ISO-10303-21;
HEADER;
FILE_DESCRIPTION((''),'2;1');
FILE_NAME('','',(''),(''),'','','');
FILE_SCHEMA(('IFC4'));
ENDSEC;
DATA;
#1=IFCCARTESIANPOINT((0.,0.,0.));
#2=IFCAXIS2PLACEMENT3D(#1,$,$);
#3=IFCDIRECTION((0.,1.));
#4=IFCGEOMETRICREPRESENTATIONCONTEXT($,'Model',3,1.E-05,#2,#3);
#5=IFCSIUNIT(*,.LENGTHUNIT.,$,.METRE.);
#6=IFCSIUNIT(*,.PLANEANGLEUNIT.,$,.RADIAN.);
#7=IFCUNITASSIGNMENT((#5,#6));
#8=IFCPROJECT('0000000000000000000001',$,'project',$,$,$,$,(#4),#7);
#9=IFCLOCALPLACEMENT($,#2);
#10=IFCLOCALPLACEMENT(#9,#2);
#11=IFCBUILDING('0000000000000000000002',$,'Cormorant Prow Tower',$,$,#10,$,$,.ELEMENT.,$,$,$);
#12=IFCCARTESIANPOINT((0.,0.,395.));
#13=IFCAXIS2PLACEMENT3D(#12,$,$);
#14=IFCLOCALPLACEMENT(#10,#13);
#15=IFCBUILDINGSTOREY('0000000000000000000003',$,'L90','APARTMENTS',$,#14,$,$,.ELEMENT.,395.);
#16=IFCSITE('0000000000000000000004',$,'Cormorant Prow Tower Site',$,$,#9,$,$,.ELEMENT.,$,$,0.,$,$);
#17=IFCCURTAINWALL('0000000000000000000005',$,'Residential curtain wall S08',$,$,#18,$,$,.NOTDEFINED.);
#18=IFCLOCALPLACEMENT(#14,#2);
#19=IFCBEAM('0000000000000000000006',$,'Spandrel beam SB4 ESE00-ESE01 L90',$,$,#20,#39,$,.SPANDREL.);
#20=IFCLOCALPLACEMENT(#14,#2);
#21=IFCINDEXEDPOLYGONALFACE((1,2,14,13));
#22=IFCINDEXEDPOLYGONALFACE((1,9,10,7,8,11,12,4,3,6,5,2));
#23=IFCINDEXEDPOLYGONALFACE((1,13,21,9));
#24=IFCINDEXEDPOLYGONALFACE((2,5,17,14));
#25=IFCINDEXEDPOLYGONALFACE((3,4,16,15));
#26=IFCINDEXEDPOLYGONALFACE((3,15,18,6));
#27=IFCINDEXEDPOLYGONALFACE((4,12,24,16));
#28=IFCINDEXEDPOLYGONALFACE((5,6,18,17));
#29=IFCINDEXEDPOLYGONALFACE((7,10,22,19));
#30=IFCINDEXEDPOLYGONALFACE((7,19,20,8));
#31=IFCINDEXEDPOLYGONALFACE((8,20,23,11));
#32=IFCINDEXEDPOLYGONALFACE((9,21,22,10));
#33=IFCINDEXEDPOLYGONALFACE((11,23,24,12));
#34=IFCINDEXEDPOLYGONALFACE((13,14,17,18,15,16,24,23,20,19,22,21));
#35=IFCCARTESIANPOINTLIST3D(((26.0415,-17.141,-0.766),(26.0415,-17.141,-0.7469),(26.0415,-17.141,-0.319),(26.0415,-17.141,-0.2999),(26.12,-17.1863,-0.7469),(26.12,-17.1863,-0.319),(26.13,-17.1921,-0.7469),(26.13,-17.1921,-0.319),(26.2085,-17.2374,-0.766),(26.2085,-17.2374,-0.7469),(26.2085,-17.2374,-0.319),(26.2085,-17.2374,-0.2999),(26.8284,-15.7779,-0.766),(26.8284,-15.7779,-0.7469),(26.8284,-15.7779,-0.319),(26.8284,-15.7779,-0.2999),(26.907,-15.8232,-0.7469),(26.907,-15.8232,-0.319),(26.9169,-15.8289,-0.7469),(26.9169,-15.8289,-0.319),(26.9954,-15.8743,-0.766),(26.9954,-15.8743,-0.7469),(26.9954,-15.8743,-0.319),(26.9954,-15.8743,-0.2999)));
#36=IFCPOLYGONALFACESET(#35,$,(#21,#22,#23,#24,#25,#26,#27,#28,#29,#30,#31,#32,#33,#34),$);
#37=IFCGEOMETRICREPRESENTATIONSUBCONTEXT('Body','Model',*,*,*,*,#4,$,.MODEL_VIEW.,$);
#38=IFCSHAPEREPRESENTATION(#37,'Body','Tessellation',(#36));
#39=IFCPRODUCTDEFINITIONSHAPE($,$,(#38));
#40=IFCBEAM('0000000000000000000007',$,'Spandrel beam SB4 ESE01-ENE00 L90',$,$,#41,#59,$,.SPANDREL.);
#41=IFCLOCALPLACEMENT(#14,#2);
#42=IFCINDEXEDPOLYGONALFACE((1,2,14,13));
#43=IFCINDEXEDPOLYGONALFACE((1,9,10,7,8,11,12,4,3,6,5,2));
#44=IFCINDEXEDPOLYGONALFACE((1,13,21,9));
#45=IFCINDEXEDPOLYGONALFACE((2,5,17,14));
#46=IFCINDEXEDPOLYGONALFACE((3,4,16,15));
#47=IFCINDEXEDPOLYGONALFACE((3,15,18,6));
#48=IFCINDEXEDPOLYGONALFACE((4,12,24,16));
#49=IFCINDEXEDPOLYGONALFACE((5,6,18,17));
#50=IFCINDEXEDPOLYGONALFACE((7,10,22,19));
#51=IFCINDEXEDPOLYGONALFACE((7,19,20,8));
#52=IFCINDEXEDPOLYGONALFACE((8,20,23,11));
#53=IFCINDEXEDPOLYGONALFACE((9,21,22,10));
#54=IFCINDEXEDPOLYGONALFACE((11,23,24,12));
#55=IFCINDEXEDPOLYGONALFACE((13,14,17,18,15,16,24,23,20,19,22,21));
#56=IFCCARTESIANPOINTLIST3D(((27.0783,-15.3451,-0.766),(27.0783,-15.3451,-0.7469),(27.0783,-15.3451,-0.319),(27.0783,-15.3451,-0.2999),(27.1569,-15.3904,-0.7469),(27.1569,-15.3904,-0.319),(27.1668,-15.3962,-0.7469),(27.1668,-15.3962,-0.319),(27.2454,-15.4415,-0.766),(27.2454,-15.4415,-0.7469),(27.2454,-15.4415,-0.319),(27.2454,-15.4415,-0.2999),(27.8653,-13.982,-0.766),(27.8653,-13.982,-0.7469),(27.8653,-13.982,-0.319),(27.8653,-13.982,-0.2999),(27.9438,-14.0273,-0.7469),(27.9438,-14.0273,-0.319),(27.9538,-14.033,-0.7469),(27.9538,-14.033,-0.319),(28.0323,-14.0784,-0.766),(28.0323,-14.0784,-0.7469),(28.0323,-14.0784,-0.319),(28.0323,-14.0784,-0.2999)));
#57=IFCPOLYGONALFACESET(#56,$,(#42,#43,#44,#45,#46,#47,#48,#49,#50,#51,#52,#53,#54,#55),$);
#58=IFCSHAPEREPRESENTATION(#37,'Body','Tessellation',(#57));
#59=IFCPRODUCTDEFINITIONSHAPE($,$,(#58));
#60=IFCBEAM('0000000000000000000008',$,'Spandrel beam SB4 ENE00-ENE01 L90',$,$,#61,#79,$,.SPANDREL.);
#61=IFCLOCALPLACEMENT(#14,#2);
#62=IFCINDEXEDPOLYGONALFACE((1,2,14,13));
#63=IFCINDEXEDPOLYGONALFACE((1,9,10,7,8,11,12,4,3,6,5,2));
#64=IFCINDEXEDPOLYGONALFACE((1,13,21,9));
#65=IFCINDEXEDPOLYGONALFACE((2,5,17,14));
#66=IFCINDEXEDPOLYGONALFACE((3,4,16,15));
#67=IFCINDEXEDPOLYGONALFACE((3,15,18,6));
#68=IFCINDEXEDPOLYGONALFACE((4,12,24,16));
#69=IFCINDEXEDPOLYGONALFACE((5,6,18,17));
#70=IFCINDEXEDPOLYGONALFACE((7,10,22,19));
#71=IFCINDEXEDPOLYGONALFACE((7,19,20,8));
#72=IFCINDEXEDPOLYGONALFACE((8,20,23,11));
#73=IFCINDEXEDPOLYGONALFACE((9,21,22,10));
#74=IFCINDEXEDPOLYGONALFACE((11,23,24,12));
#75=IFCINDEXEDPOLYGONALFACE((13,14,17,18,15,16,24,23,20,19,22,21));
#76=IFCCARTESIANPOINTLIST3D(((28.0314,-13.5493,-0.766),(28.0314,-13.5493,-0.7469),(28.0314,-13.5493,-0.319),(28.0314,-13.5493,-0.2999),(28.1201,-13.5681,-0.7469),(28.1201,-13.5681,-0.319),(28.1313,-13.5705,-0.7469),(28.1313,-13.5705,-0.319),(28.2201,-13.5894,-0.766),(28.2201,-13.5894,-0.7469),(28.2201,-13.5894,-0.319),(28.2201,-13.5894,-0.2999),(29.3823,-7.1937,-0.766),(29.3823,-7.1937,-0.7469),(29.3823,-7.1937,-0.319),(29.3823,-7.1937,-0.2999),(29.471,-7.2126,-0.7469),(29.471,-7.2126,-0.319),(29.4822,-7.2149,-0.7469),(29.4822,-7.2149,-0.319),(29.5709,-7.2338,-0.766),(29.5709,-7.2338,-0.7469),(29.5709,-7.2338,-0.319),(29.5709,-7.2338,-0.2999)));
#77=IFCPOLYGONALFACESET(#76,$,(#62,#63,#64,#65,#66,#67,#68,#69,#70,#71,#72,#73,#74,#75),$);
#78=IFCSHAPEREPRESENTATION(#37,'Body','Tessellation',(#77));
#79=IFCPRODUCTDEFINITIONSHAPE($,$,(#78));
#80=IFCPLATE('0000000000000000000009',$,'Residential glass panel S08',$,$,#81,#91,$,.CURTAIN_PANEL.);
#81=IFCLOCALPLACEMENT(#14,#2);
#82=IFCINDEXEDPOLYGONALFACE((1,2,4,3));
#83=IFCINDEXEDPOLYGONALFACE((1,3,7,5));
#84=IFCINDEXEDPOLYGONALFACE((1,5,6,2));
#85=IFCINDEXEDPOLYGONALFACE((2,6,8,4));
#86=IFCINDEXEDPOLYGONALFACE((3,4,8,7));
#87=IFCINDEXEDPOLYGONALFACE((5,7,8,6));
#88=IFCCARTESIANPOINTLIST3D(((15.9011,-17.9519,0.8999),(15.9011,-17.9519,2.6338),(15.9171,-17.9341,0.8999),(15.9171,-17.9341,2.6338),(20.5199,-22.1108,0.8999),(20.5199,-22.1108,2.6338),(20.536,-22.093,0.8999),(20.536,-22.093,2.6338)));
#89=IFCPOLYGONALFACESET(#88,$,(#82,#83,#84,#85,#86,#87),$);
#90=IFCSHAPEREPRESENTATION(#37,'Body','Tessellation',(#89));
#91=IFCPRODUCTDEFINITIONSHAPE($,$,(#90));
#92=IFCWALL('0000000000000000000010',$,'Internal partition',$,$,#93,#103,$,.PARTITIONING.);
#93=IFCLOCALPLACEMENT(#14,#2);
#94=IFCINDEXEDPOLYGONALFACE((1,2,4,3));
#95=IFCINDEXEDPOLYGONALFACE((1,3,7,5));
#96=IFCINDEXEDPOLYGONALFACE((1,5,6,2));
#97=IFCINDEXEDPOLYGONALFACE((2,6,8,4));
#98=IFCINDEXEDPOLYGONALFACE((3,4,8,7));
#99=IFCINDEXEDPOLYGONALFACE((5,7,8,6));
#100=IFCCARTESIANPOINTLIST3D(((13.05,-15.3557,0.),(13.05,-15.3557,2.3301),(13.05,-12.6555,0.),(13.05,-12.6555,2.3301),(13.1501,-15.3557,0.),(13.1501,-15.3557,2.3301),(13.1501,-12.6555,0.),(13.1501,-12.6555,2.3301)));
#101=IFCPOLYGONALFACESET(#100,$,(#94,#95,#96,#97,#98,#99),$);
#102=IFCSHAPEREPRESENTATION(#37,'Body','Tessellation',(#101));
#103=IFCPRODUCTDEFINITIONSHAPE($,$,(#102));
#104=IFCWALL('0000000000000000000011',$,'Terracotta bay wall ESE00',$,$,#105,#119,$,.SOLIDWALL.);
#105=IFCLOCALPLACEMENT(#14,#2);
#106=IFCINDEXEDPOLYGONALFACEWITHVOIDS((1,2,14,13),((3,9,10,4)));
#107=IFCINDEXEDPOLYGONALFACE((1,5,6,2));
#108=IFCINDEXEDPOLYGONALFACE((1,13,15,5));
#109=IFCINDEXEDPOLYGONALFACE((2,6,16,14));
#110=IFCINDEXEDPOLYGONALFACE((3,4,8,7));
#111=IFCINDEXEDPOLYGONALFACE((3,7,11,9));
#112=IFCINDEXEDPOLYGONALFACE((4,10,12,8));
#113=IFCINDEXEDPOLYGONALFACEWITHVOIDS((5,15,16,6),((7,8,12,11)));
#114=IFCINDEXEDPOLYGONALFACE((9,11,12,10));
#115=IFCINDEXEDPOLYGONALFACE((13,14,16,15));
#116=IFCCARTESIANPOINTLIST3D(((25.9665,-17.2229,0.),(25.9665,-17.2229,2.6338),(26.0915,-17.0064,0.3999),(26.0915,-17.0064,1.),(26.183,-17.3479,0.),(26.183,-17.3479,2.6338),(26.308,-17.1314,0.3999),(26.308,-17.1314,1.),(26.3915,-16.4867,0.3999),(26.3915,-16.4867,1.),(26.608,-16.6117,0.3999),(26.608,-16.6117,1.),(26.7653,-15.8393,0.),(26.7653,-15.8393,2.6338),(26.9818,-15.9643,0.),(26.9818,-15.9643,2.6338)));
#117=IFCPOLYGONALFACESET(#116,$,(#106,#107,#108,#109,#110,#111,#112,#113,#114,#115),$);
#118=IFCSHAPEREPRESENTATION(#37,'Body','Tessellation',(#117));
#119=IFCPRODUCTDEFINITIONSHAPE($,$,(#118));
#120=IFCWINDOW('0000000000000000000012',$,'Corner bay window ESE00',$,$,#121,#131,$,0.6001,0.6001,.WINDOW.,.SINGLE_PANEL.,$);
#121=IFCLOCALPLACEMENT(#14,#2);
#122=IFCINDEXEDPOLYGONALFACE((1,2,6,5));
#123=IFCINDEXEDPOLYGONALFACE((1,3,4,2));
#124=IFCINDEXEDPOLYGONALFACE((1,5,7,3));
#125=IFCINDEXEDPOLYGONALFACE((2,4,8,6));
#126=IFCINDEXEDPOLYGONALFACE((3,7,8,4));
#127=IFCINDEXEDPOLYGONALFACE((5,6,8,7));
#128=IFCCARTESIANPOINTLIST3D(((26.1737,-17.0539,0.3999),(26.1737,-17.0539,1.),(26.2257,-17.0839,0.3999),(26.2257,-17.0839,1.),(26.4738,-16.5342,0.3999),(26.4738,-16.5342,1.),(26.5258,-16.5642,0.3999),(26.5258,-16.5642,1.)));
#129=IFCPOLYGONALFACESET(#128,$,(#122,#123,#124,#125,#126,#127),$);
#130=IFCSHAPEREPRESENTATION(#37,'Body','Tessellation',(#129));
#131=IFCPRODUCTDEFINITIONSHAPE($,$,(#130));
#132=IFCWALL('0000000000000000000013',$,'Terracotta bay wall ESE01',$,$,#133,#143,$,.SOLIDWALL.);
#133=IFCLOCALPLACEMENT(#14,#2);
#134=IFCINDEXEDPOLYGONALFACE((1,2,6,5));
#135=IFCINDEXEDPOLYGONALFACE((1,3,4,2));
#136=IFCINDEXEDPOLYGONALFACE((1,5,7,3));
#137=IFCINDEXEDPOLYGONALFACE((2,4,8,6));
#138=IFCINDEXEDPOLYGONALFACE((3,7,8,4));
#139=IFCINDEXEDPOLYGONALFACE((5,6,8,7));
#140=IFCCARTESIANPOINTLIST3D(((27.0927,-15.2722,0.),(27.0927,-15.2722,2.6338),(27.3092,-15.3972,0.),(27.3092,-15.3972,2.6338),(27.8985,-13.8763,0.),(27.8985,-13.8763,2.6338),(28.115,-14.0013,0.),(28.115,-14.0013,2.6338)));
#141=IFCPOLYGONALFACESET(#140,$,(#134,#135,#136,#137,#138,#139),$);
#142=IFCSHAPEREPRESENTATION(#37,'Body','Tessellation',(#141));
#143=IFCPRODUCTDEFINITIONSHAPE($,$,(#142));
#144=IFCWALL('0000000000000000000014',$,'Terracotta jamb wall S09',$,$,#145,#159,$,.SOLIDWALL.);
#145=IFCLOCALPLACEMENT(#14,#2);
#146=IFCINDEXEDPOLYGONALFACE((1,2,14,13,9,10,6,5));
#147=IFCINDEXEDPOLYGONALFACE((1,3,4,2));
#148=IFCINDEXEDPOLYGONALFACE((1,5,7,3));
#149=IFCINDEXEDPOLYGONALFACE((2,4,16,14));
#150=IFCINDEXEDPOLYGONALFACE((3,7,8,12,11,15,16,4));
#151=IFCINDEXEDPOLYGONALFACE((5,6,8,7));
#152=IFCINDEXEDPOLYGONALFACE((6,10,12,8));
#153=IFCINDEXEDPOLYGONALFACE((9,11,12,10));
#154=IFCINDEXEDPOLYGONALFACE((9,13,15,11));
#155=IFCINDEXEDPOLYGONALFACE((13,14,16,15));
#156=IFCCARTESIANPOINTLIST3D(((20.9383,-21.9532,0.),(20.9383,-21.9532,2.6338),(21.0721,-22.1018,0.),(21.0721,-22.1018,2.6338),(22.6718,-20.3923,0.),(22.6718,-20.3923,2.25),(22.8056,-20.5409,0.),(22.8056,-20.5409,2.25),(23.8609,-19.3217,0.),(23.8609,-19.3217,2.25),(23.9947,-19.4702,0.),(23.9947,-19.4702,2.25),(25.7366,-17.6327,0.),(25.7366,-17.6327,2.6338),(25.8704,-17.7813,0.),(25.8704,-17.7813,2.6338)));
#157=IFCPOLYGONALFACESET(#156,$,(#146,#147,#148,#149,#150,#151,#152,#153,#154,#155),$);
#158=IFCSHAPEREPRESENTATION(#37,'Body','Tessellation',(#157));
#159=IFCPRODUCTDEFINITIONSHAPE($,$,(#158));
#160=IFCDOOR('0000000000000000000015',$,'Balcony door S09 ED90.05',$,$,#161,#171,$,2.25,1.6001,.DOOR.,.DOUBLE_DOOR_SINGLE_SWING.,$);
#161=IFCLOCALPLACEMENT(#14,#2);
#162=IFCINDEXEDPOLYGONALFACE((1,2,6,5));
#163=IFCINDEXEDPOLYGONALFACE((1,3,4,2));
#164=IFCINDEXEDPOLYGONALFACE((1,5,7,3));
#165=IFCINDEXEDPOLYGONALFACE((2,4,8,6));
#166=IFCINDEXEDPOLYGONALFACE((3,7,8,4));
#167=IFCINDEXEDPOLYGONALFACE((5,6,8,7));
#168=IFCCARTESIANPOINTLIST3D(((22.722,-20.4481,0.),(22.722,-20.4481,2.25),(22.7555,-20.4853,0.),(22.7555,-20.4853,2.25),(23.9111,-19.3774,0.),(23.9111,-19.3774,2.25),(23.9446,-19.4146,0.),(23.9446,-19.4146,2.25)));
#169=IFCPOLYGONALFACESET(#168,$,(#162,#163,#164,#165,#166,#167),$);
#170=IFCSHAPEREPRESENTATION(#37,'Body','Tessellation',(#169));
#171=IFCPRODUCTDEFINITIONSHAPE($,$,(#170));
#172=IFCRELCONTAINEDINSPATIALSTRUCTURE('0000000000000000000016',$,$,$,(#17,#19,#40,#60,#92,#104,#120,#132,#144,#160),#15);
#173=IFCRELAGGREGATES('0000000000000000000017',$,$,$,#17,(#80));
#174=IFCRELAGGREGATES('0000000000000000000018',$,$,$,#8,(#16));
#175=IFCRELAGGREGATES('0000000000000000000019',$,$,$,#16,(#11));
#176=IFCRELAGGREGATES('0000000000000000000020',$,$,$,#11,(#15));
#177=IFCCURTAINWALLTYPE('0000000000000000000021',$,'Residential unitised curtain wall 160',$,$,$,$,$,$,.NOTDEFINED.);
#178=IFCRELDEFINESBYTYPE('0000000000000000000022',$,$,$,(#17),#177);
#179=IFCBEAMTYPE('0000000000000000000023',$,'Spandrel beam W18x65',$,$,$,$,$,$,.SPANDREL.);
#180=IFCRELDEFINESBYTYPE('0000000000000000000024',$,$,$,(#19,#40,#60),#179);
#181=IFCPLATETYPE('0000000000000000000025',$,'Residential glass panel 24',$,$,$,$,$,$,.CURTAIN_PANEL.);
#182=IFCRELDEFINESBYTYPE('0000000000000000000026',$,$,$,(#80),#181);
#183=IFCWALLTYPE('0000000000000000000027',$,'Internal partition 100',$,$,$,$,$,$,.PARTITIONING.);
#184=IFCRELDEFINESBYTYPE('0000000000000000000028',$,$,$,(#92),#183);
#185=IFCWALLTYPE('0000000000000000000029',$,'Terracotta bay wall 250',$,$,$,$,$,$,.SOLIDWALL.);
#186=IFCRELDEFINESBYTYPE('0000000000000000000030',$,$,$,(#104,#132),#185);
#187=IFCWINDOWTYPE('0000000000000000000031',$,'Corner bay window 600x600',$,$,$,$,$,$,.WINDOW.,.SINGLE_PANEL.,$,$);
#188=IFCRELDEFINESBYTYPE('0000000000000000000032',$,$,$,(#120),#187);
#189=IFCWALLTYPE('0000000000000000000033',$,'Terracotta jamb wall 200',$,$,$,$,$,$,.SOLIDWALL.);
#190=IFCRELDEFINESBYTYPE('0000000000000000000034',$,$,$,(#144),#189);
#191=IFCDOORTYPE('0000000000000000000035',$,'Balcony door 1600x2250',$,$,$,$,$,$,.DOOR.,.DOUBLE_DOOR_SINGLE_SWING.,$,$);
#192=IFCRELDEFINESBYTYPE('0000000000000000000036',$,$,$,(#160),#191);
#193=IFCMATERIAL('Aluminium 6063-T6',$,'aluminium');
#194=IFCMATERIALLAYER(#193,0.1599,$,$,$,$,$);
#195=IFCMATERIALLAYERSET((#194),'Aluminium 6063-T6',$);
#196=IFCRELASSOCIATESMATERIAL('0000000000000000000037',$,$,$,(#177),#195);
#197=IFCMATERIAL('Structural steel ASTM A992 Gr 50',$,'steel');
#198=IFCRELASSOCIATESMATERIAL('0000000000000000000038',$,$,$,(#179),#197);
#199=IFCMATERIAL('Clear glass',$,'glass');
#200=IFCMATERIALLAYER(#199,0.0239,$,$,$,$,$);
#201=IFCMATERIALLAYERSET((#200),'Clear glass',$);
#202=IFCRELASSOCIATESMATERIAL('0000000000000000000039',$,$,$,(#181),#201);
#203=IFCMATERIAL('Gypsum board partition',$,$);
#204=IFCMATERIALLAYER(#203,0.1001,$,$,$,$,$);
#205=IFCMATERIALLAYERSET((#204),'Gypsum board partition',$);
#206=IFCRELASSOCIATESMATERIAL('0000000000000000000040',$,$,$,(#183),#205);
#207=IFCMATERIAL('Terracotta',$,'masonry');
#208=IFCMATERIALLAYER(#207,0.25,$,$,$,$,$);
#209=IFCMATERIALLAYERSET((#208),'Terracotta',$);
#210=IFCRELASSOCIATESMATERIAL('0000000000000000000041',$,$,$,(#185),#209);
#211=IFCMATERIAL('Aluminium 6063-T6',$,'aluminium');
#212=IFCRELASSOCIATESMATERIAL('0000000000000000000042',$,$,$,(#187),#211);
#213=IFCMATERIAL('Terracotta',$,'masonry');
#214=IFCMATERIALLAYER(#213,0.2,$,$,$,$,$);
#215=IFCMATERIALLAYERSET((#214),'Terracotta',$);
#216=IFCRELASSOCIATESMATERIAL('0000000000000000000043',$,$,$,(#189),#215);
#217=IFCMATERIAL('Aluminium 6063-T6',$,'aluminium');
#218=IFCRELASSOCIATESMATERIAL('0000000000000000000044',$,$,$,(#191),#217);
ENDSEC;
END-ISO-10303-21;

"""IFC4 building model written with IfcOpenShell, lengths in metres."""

from ifc_helpers import new_model, si_unit, direction, frame, frame_2d, origin, origin_2d, place, context, subcontext, project, spatial, rectangle, i_section, extrude, material, layer, layer_set, material_profile, profile_set, type_object, element, fill, aggregate, save


model = new_model("IFC4")

# Units and contexts
model_context = context("Model", 3, precision=1e-05, world=origin(), true_north=direction((0.0, 1.0)))
body_context = subcontext(model_context, "Body", "Model", "MODEL_VIEW")
ifc_project = project(units=[si_unit("LENGTHUNIT", "METRE"), si_unit("PLANEANGLEUNIT", "RADIAN")], contexts=[model_context])

# Site, building, storey
site_placement = place(None, origin())
site = spatial("IfcSite", under=ifc_project, at=site_placement, Name="Cormorant Prow Tower Site", CompositionType="ELEMENT", RefElevation=0.0)
building_placement = place(site_placement, origin())
building = spatial("IfcBuilding", under=site, at=building_placement, Name="Cormorant Prow Tower", CompositionType="ELEMENT")
storey_placement = place(building_placement, frame((0.0, 0.0, 395.0)))
storey = spatial("IfcBuildingStorey", under=building, at=storey_placement, Name="L90", Description="APARTMENTS", CompositionType="ELEMENT", Elevation=395.0)

# Curtain wall
ifc_material_1 = material(Name="Aluminium 6063-T6", Category="aluminium")
ifc_layer_1 = layer(ifc_material_1, 0.1599)
ifc_layer_set_1 = layer_set([ifc_layer_1], Name="Aluminium 6063-T6")
curtain_wall_type = type_object("IfcCurtainWallType", Name="Residential unitised curtain wall 160", PredefinedType="NOTDEFINED", material=ifc_layer_set_1)
curtain_wall_placement = place(storey_placement, origin())
curtain_wall = element("IfcCurtainWall", 1, at=curtain_wall_placement, inside=storey, type_object=curtain_wall_type, Name="Residential curtain wall S08", PredefinedType="NOTDEFINED")

# Beams
ifc_material_2 = material(Name="Structural steel ASTM A992 Gr 50", Category="steel")
ifc_material_profile_1 = material_profile(ifc_material_2, i_section(OverallWidth=0.1929, OverallDepth=0.4661, WebThickness=0.0115, FlangeThickness=0.019, at=origin_2d()), Name="W18x65")
ifc_profile_set_1 = profile_set([ifc_material_profile_1], Name="Structural steel ASTM A992 Gr 50")
beam_type = type_object("IfcBeamType", Name="Spandrel beam W18x65", PredefinedType="SPANDREL", material=ifc_profile_set_1)
for number, where, z_axis, x_axis, name in (
    (2, (26.125, -17.1892, -0.533), (0.49996, 0.866049, 0.0), (-0.866049, 0.49996, 0.0), "Spandrel beam SB4 ESE00-ESE01 L90"),
    (3, (27.1619, -15.3933, -0.533), (0.49996, 0.866049, 0.0), (-0.866049, 0.49996, 0.0), "Spandrel beam SB4 ESE01-ENE00 L90"),
):
    element("IfcBeam", number, at=place(storey_placement, frame(where, z_axis=z_axis, x_axis=x_axis)), inside=storey, type_object=beam_type, Name=name, PredefinedType="SPANDREL", context=body_context, shape_type="SweptSolid", body=[
        extrude(i_section(OverallWidth=0.1929, OverallDepth=0.4661, WebThickness=0.0115, FlangeThickness=0.019, at=origin_2d()), origin(), (0.0, 0.0, 1.0), 1.574),
    ])
beam_placement = place(storey_placement, frame((28.1257, -13.5693, -0.533), z_axis=(0.207902, 0.97815, 0.0), x_axis=(-0.97815, 0.207902, 0.0)))
element("IfcBeam", 4, at=beam_placement, inside=storey, type_object=beam_type, Name="Spandrel beam SB4 ENE00-ENE01 L90", PredefinedType="SPANDREL", context=body_context, shape_type="SweptSolid", body=[
    extrude(i_section(OverallWidth=0.1929, OverallDepth=0.4661, WebThickness=0.0115, FlangeThickness=0.019, at=origin_2d()), origin(), (0.0, 0.0, 1.0), 6.4976),
])

# Plate
ifc_material_3 = material(Name="Clear glass", Category="glass")
ifc_layer_2 = layer(ifc_material_3, 0.0239)
ifc_layer_set_2 = layer_set([ifc_layer_2], Name="Clear glass")
plate_type = type_object("IfcPlateType", Name="Residential glass panel 24", PredefinedType="CURTAIN_PANEL", material=ifc_layer_set_2)
plate_placement = place(storey_placement, frame((18.2185, -20.0225, 0.8999), z_axis=(0.0, 0.0, 1.0), x_axis=(0.743145, -0.669131, 0.0)))
plate = element("IfcPlate", 5, at=plate_placement, type_object=plate_type, Name="Residential glass panel S08", PredefinedType="CURTAIN_PANEL", context=body_context, shape_type="SweptSolid", body=[
    extrude(rectangle(XDim=6.2153, YDim=0.0239, at=origin_2d()), origin(), (0.0, 0.0, 1.0), 1.7339),
])
aggregate(curtain_wall, [plate])

# Wall
ifc_material_4 = material(Name="Gypsum board partition")
ifc_layer_3 = layer(ifc_material_4, 0.1001)
ifc_layer_set_3 = layer_set([ifc_layer_3], Name="Gypsum board partition")
wall_type_1 = type_object("IfcWallType", Name="Internal partition 100", PredefinedType="PARTITIONING", material=ifc_layer_set_3)
wall_1_placement = place(storey_placement, frame((13.1001, -15.3557, 0.0), z_axis=(0.0, 0.0, 1.0), x_axis=(0.0, 1.0, 0.0)))
element("IfcWall", 6, at=wall_1_placement, inside=storey, type_object=wall_type_1, Name="Internal partition", PredefinedType="PARTITIONING", context=body_context, shape_type="SweptSolid", body=[
    extrude(rectangle(XDim=2.7002, YDim=0.1001, at=frame_2d((1.3501, 0.0))), origin(), (0.0, 0.0, 1.0), 2.3301),
])

# Wall, opening, window
ifc_material_5 = material(Name="Terracotta", Category="masonry")
ifc_layer_4 = layer(ifc_material_5, 0.25)
ifc_layer_set_4 = layer_set([ifc_layer_4], Name="Terracotta")
wall_type_2 = type_object("IfcWallType", Name="Terracotta bay wall 250", PredefinedType="SOLIDWALL", material=ifc_layer_set_4)
wall_2_placement = place(storey_placement, frame((26.0747, -17.2854, 0.0), z_axis=(0.0, 0.0, 1.0), x_axis=(0.500018, 0.866015, 0.0)))
wall_2 = element("IfcWall", 7, at=wall_2_placement, inside=storey, type_object=wall_type_2, Name="Terracotta bay wall ESE00", PredefinedType="SOLIDWALL", context=body_context, shape_type="SweptSolid", body=[
    extrude(rectangle(XDim=1.5977, YDim=0.25, at=frame_2d((0.7988, 0.0))), origin(), (0.0, 0.0, 1.0), 2.6338),
])
opening_1_placement = place(wall_2_placement, frame((0.25, 0.0, 0.3999)))
opening_1 = element("IfcOpeningElement", 8, at=opening_1_placement, cuts=wall_2, PredefinedType="OPENING", context=body_context, shape_type="SweptSolid", body=[
    extrude(rectangle(XDim=0.6001, YDim=0.6001, at=frame_2d((0.3, 0.3))), frame((0.0, 0.135, 0.0), z_axis=(0.0, -1.0, 0.0), x_axis=(1.0, 0.0, 0.0)), (0.0, 0.0, 1.0), 0.27),
])
ifc_material_6 = material(Name="Aluminium 6063-T6", Category="aluminium")
window_type = type_object("IfcWindowType", Name="Corner bay window 600x600", PartitioningType="SINGLE_PANEL", PredefinedType="WINDOW", material=ifc_material_6)
window_placement = place(opening_1_placement, origin())
window = element("IfcWindow", 9, at=window_placement, inside=storey, type_object=window_type, Name="Corner bay window ESE00", OverallHeight=0.6001, OverallWidth=0.6001, PartitioningType="SINGLE_PANEL", PredefinedType="WINDOW", context=body_context, shape_type="SweptSolid", body=[
    extrude(rectangle(XDim=0.6001, YDim=0.6001, at=frame_2d((0.3, 0.3))), frame((0.0, 0.03, 0.0), z_axis=(0.0, -1.0, 0.0), x_axis=(1.0, 0.0, 0.0)), (0.0, 0.0, 1.0), 0.0601),
])
fill(opening_1, window)

# Wall
wall_3_placement = place(storey_placement, frame((27.2009, -15.3347, 0.0), z_axis=(0.0, 0.0, 1.0), x_axis=(0.499967, 0.866044, 0.0)))
element("IfcWall", 10, at=wall_3_placement, inside=storey, type_object=wall_type_2, Name="Terracotta bay wall ESE01", PredefinedType="SOLIDWALL", context=body_context, shape_type="SweptSolid", body=[
    extrude(rectangle(XDim=1.6118, YDim=0.25, at=frame_2d((0.8059, 0.0))), origin(), (0.0, 0.0, 1.0), 2.6338),
])

# Wall, opening, door
ifc_material_7 = material(Name="Terracotta", Category="masonry")
ifc_layer_5 = layer(ifc_material_7, 0.2)
ifc_layer_set_5 = layer_set([ifc_layer_5], Name="Terracotta")
wall_type_3 = type_object("IfcWallType", Name="Terracotta jamb wall 200", PredefinedType="SOLIDWALL", material=ifc_layer_set_5)
wall_4_placement = place(storey_placement, frame((21.0051, -22.0276, 0.0), z_axis=(0.0, 0.0, 1.0), x_axis=(0.743136, 0.66914, 0.0)))
wall_4 = element("IfcWall", 11, at=wall_4_placement, inside=storey, type_object=wall_type_3, Name="Terracotta jamb wall S09", PredefinedType="SOLIDWALL", context=body_context, shape_type="SweptSolid", body=[
    extrude(rectangle(XDim=6.4568, YDim=0.2, at=frame_2d((3.2285, 0.0))), origin(), (0.0, 0.0, 1.0), 2.6338),
])
opening_2_placement = place(wall_4_placement, frame((2.3328, 0.0, 0.0)))
opening_2 = element("IfcOpeningElement", 12, at=opening_2_placement, cuts=wall_4, PredefinedType="OPENING", context=body_context, shape_type="SweptSolid", body=[
    extrude(rectangle(XDim=1.6001, YDim=2.25, at=frame_2d((0.8, 1.125))), frame((0.0, 0.1099, 0.0), z_axis=(0.0, -1.0, 0.0), x_axis=(1.0, 0.0, 0.0)), (0.0, 0.0, 1.0), 0.22),
])
ifc_material_8 = material(Name="Aluminium 6063-T6", Category="aluminium")
door_type = type_object("IfcDoorType", Name="Balcony door 1600x2250", OperationType="DOUBLE_DOOR_SINGLE_SWING", PredefinedType="DOOR", material=ifc_material_8)
door_placement = place(opening_2_placement, origin())
door = element("IfcDoor", 13, at=door_placement, inside=storey, type_object=door_type, Name="Balcony door S09 ED90.05", OperationType="DOUBLE_DOOR_SINGLE_SWING", OverallHeight=2.25, OverallWidth=1.6001, PredefinedType="DOOR", context=body_context, shape_type="SweptSolid", body=[
    extrude(rectangle(XDim=1.6001, YDim=2.25, at=frame_2d((0.8, 1.125))), frame((0.0, 0.0249, 0.0), z_axis=(0.0, -1.0, 0.0), x_axis=(1.0, 0.0, 0.0)), (0.0, 0.0, 1.0), 0.05),
])
fill(opening_2, door)

save(model, "model.ifc")
